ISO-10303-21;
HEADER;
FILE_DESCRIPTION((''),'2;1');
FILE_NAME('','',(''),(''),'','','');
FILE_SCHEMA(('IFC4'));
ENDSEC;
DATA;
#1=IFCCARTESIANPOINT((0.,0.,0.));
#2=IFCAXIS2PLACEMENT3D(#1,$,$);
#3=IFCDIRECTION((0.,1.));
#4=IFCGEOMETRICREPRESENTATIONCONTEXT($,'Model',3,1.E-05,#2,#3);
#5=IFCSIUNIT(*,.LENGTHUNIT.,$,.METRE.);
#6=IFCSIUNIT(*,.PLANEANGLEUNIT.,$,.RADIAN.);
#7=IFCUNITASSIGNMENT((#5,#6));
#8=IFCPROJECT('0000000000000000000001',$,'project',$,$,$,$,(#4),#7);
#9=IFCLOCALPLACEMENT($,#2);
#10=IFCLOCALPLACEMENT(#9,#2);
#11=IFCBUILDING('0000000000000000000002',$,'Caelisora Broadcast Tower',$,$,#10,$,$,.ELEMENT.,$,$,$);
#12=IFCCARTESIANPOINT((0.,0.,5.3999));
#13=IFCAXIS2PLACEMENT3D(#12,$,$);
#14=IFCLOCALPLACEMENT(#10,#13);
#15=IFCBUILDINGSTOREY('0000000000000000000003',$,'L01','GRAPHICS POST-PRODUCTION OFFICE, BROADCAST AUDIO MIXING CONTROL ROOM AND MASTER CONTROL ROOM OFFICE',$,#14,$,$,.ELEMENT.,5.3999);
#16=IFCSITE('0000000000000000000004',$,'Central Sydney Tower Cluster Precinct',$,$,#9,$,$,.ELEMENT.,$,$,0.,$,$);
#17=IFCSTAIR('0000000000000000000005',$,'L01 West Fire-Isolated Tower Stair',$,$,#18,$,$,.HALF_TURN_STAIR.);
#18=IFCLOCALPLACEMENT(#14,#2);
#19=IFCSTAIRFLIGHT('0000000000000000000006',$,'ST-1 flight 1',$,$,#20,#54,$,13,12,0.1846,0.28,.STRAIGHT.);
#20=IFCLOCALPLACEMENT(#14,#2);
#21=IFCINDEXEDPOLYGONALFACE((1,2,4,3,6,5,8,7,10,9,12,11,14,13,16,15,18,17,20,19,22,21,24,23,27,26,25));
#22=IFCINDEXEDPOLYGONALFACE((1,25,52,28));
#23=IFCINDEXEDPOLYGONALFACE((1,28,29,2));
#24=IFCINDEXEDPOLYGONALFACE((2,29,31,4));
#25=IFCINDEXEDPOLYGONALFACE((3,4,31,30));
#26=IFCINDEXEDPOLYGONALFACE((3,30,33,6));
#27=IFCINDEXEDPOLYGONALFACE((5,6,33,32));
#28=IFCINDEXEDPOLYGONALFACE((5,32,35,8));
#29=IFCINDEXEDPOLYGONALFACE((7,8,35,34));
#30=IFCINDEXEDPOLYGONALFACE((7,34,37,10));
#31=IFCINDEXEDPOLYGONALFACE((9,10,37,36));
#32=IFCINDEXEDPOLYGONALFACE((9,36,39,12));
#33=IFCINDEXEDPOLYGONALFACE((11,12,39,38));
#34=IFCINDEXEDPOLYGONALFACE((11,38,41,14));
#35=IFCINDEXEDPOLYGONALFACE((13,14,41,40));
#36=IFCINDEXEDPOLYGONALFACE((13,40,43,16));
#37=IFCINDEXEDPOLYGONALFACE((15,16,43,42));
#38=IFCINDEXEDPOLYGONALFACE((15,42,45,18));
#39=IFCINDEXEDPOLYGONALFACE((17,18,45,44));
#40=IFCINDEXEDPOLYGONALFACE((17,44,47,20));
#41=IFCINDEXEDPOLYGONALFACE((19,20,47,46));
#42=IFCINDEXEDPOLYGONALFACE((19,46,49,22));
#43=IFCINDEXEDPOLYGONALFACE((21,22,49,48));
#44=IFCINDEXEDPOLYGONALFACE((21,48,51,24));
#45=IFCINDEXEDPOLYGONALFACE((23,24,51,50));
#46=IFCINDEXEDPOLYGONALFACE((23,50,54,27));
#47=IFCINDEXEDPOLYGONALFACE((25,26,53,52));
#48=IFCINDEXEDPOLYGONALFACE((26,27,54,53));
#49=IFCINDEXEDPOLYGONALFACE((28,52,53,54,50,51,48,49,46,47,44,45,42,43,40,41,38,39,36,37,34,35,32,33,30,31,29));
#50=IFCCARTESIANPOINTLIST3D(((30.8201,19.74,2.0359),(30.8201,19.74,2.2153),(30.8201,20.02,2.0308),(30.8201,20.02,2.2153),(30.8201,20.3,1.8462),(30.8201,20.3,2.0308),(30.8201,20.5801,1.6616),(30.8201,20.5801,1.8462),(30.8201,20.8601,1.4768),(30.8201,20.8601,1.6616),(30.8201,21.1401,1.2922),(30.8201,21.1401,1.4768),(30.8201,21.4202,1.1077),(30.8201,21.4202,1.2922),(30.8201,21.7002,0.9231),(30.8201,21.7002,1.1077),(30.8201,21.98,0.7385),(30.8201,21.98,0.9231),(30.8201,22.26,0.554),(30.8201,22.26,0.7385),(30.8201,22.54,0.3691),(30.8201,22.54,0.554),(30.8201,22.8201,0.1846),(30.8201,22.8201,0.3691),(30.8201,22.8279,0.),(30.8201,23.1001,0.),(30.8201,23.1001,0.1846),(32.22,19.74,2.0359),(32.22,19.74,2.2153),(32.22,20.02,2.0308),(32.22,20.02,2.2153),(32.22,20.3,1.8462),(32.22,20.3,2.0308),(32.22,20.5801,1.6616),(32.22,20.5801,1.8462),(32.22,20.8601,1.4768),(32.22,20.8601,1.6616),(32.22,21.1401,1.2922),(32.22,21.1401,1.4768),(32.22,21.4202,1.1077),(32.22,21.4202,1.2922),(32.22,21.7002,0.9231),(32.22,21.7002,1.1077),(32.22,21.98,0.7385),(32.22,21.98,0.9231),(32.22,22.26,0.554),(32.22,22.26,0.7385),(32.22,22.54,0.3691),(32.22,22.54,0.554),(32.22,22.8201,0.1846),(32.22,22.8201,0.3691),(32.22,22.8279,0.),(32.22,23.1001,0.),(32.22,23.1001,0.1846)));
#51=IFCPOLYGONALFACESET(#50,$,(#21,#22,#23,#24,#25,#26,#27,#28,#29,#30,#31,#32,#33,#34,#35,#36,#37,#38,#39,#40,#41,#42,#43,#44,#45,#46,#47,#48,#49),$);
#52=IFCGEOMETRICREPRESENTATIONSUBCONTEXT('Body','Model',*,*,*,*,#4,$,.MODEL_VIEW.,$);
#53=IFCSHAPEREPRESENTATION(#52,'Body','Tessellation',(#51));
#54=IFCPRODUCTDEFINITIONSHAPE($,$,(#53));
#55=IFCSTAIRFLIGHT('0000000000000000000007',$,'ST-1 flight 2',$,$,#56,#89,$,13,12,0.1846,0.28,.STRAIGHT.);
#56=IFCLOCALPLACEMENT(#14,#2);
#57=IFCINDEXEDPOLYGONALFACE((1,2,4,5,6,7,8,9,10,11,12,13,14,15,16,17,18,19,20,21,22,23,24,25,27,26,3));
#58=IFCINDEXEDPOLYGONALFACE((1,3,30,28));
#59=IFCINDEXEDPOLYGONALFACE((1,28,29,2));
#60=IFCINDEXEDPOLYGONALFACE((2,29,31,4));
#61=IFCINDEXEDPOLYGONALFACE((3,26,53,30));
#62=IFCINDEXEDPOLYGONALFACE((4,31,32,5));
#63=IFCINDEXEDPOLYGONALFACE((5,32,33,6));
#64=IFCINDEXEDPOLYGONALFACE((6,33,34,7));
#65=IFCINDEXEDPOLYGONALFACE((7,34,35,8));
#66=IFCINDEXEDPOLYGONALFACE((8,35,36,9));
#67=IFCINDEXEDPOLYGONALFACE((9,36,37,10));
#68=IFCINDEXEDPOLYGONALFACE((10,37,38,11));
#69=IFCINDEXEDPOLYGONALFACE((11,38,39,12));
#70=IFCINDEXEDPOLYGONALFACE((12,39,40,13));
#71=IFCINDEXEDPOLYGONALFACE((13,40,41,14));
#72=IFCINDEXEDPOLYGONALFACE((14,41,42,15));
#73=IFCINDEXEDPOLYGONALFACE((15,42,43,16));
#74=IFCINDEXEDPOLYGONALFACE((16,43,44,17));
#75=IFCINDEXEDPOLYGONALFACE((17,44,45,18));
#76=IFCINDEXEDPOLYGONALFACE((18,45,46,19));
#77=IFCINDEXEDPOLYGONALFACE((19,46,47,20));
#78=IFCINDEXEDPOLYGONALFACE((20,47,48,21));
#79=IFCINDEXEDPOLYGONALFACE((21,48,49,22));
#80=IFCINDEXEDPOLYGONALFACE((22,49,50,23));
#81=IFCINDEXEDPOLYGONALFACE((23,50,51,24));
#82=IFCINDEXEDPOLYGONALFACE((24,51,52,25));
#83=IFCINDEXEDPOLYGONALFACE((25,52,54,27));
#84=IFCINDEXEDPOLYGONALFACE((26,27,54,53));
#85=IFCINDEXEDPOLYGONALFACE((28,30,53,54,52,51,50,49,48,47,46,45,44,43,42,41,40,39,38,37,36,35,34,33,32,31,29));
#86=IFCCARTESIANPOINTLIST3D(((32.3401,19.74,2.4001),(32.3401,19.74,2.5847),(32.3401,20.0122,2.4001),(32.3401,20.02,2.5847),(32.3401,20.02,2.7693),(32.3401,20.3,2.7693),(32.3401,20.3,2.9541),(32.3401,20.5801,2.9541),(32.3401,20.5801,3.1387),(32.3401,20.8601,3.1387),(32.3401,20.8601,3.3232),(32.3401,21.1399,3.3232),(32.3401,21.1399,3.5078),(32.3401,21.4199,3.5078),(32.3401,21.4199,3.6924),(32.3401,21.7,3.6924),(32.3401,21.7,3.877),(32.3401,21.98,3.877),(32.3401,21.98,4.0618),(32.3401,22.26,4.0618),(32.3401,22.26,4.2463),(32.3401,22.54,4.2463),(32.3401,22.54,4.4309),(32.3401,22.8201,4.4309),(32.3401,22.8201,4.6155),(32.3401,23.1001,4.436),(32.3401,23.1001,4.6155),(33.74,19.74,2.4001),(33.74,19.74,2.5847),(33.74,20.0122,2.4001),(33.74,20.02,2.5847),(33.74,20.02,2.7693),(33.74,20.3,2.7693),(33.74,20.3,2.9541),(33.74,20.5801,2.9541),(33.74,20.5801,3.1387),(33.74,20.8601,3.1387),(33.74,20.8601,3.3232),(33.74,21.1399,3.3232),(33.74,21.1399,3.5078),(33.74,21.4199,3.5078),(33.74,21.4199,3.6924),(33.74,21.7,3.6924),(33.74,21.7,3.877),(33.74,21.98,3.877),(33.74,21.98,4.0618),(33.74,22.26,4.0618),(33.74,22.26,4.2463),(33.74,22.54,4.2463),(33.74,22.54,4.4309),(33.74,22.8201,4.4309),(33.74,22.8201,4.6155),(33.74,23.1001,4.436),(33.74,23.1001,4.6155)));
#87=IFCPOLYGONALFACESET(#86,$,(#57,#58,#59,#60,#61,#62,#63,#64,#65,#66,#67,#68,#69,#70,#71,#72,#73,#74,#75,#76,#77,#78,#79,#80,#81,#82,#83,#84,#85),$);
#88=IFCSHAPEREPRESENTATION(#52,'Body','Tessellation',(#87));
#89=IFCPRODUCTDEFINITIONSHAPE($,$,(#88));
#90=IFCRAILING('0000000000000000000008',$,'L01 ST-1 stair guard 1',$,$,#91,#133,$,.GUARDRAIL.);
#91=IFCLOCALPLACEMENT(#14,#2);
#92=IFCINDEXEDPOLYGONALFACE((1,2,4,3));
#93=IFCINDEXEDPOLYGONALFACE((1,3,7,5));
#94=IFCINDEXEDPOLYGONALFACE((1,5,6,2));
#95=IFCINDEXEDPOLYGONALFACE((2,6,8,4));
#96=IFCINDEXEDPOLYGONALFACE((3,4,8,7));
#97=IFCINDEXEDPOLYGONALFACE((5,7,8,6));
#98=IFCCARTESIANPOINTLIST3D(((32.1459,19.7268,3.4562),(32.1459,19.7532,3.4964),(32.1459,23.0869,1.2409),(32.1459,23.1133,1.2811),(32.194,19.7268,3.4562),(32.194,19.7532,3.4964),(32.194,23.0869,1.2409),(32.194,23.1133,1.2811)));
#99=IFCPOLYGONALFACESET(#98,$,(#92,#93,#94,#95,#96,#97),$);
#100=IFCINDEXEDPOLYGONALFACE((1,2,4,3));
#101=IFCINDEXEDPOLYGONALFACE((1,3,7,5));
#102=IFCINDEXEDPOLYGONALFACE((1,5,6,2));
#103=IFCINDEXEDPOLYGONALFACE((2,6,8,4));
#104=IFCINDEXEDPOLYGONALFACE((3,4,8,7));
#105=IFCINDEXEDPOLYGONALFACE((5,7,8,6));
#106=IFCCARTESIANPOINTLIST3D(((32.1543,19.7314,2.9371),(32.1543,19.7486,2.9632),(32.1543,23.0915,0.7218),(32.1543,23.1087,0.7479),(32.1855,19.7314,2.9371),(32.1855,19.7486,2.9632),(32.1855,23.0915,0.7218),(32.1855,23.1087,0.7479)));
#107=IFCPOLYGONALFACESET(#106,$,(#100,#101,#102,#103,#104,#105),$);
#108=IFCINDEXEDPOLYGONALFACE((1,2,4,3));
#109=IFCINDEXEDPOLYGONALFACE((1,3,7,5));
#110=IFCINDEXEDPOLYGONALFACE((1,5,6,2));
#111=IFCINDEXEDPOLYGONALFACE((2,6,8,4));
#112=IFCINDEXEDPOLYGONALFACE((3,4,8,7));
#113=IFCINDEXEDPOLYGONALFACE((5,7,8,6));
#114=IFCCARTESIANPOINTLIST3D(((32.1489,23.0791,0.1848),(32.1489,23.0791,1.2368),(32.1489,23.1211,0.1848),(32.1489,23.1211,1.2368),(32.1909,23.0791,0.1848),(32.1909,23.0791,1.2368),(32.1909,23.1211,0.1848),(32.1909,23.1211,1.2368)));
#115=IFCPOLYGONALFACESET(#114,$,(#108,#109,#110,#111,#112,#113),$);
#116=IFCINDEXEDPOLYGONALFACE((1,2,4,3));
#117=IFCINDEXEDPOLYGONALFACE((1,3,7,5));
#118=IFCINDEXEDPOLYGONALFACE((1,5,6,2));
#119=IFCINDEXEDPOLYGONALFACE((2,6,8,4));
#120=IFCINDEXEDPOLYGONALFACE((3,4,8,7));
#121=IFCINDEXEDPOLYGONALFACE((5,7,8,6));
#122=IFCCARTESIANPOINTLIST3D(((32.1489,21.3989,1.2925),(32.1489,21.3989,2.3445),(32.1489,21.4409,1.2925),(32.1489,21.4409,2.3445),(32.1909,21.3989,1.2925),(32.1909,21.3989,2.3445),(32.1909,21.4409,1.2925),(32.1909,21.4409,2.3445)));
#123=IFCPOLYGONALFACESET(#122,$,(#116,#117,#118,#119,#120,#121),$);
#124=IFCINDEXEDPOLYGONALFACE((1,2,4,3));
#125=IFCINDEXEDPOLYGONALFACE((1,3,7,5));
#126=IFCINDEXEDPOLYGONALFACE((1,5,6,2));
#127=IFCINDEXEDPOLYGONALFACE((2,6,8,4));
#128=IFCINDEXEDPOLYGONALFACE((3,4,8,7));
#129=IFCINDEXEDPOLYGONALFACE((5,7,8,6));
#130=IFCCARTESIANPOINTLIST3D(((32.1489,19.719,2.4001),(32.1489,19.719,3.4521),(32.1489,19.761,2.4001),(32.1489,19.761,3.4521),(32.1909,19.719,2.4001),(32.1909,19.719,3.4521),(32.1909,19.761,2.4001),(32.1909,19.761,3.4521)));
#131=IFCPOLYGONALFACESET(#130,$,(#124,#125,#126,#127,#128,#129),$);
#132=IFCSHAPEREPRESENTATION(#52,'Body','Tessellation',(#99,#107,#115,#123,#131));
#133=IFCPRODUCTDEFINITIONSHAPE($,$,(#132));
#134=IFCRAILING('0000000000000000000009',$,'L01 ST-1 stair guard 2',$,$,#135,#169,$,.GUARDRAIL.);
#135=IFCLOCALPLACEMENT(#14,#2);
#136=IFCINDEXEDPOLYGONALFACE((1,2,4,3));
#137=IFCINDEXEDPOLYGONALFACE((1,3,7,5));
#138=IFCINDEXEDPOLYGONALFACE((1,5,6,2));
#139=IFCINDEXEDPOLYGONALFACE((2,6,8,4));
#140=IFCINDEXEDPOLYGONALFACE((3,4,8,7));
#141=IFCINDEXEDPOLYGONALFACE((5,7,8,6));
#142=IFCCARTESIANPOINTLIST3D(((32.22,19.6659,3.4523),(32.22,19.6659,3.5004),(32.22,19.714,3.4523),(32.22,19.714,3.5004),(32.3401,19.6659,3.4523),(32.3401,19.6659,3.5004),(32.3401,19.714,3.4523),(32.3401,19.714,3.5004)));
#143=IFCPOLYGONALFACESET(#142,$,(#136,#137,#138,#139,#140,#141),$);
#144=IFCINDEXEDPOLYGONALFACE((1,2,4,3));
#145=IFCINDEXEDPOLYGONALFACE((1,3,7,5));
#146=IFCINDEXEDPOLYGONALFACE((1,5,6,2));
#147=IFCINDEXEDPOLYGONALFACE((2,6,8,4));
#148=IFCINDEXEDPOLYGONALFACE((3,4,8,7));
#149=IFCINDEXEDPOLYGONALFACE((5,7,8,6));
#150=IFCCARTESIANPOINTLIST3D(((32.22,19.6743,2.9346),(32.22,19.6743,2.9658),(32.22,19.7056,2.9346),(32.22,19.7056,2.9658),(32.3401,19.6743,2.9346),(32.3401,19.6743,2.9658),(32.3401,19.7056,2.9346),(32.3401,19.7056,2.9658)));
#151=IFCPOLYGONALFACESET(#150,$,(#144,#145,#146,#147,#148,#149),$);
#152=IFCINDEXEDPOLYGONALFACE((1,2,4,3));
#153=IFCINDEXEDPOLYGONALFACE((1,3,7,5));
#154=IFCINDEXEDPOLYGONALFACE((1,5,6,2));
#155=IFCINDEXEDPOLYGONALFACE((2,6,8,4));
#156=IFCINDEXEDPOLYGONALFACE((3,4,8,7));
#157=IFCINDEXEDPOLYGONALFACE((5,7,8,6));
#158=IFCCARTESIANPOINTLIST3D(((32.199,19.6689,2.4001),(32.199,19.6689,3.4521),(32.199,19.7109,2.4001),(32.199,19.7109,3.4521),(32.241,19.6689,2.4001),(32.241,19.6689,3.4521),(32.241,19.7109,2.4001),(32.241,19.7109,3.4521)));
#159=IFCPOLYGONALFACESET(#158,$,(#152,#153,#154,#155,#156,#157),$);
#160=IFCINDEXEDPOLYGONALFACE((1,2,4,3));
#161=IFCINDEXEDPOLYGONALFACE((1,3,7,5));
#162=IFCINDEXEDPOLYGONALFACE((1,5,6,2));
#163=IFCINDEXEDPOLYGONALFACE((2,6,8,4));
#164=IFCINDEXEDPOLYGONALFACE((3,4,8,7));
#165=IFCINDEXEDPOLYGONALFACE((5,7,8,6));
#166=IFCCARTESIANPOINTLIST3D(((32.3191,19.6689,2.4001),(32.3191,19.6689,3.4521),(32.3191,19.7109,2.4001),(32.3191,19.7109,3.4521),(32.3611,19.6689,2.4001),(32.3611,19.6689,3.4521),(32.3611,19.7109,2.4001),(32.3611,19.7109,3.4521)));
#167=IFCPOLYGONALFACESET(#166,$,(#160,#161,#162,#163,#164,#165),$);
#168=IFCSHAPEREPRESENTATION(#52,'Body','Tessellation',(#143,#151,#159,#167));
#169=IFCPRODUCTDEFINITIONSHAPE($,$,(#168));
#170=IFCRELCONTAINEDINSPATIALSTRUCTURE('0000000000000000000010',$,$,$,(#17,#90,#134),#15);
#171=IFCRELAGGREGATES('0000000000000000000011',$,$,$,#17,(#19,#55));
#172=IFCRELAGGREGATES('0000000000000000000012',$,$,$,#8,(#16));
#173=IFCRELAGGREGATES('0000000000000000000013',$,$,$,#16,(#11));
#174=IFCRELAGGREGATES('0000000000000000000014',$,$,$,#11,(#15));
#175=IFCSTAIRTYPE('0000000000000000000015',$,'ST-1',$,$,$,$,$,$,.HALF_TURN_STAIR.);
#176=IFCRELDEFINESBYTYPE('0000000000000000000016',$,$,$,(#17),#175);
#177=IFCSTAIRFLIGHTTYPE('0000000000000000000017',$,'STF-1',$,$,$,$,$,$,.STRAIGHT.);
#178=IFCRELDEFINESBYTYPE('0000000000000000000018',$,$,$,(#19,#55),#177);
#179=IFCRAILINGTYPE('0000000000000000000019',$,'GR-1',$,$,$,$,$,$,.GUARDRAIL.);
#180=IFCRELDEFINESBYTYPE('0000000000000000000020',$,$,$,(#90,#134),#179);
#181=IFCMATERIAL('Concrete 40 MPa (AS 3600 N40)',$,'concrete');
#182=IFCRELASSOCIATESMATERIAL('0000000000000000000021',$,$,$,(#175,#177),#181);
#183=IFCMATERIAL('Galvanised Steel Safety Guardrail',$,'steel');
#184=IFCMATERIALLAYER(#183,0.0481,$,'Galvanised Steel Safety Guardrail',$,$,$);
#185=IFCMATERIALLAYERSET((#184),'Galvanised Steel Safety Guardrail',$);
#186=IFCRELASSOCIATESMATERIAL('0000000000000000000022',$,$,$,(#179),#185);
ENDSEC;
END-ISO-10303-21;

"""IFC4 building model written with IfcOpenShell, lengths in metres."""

from ifc_helpers import new_model, si_unit, direction, frame, origin, origin_2d, place, context, subcontext, project, spatial, polyline, rectangle, outline, extrude, material, layer, layer_set, type_object, element, aggregate, save


model = new_model("IFC4")

# Units and contexts
model_context = context("Model", 3, precision=1e-05, world=origin(), true_north=direction((0.0, 1.0)))
body_context = subcontext(model_context, "Body", "Model", "MODEL_VIEW")
ifc_project = project(units=[si_unit("LENGTHUNIT", "METRE"), si_unit("PLANEANGLEUNIT", "RADIAN")], contexts=[model_context])

# Site, building, storey
site_placement = place(None, origin())
site = spatial("IfcSite", under=ifc_project, at=site_placement, Name="Central Sydney Tower Cluster Precinct", CompositionType="ELEMENT", RefElevation=0.0)
building_placement = place(site_placement, origin())
building = spatial("IfcBuilding", under=site, at=building_placement, Name="Caelisora Broadcast Tower", CompositionType="ELEMENT")
storey_placement = place(building_placement, frame((0.0, 0.0, 5.3999)))
storey = spatial("IfcBuildingStorey", under=building, at=storey_placement, Name="L01", Description="GRAPHICS POST-PRODUCTION OFFICE, BROADCAST AUDIO MIXING CONTROL ROOM AND MASTER CONTROL ROOM OFFICE", CompositionType="ELEMENT", Elevation=5.3999)

# Stair, stair flights
ifc_material_1 = material(Name="Concrete 40 MPa (AS 3600 N40)", Category="concrete")
stair_type = type_object("IfcStairType", Name="ST-1", PredefinedType="HALF_TURN_STAIR", material=ifc_material_1)
stair_placement = place(storey_placement, origin())
stair = element("IfcStair", 1, at=stair_placement, inside=storey, type_object=stair_type, Name="L01 West Fire-Isolated Tower Stair", PredefinedType="HALF_TURN_STAIR")
stair_flight_type = type_object("IfcStairFlightType", Name="STF-1", PredefinedType="STRAIGHT", material=ifc_material_1)
stair_flight_1_placement = place(storey_placement, frame((31.52, 23.1001, 0.0), z_axis=(0.0, 0.0, 1.0), x_axis=(0.0, -1.0, 0.0)))
stair_flight_1 = element("IfcStairFlight", 2, at=stair_flight_1_placement, type_object=stair_flight_type, Name="ST-1 flight 1", NumberOfRisers=13, NumberOfTreads=12, PredefinedType="STRAIGHT", RiserHeight=0.1846, TreadLength=0.28, context=body_context, shape_type="SweptSolid", body=[
    extrude(outline(polyline([(0.0, 0.0), (0.0, 0.1846), (0.28, 0.1846), (0.28, 0.3691), (0.5601, 0.3691), (0.5601, 0.554), (0.8401, 0.554), (0.8401, 0.7385), (1.1201, 0.7385), (1.1201, 0.9231), (1.3999, 0.9231), (1.3999, 1.1077), (1.6799, 1.1077), (1.6799, 1.2922), (1.96, 1.2922), (1.96, 1.4768), (2.24, 1.4768), (2.24, 1.6616), (2.52, 1.6616), (2.52, 1.8462), (2.8, 1.8462), (2.8, 2.0308), (3.0801, 2.0308), (3.0801, 2.2153), (3.3601, 2.2153), (3.3601, 2.3999), (3.3601, 2.0359), (0.2722, 0.0), (0.0, 0.0)])), frame((0.0, 0.7, 0.0), z_axis=(0.0, -1.0, 0.0), x_axis=(1.0, 0.0, 0.0)), (0.0, 0.0, 1.0), 1.3999),
])
stair_flight_2_placement = place(storey_placement, frame((33.04, 19.74, 2.4001), z_axis=(0.0, 0.0, 1.0), x_axis=(0.0, 1.0, 0.0)))
stair_flight_2 = element("IfcStairFlight", 3, at=stair_flight_2_placement, type_object=stair_flight_type, Name="ST-1 flight 2", NumberOfRisers=13, NumberOfTreads=12, PredefinedType="STRAIGHT", RiserHeight=0.1846, TreadLength=0.28, context=body_context, shape_type="SweptSolid", body=[
    extrude(outline(polyline([(0.0, 0.0), (0.0, 0.1846), (0.28, 0.1846), (0.28, 0.3691), (0.5601, 0.3691), (0.5601, 0.554), (0.8401, 0.554), (0.8401, 0.7385), (1.1201, 0.7385), (1.1201, 0.9231), (1.3999, 0.9231), (1.3999, 1.1077), (1.6799, 1.1077), (1.6799, 1.2922), (1.96, 1.2922), (1.96, 1.4768), (2.24, 1.4768), (2.24, 1.6616), (2.52, 1.6616), (2.52, 1.8462), (2.8, 1.8462), (2.8, 2.0308), (3.0801, 2.0308), (3.0801, 2.2153), (3.3601, 2.2153), (3.3601, 2.3999), (3.3601, 2.0359), (0.2722, 0.0), (0.0, 0.0)])), frame((0.0, 0.7, 0.0), z_axis=(0.0, -1.0, 0.0), x_axis=(1.0, 0.0, 0.0)), (0.0, 0.0, 1.0), 1.3999),
])
aggregate(stair, [stair_flight_1, stair_flight_2])

# Railings
ifc_material_2 = material(Name="Galvanised Steel Safety Guardrail", Category="steel")
ifc_layer_1 = layer(ifc_material_2, 0.0481, Name="Galvanised Steel Safety Guardrail")
ifc_layer_set_1 = layer_set([ifc_layer_1], Name="Galvanised Steel Safety Guardrail")
railing_type_1 = type_object("IfcRailingType", Name="GR-1", PredefinedType="GUARDRAIL", material=ifc_layer_set_1)
railing_1_placement = place(storey_placement, frame((32.1699, 23.1001, 0.1848)))
element("IfcRailing", 4, at=railing_1_placement, inside=storey, type_object=railing_type_1, Name="L01 ST-1 stair guard 1", PredefinedType="GUARDRAIL", context=body_context, shape_type="SweptSolid", body=[
    extrude(rectangle(XDim=0.0481, YDim=0.0481, at=origin_2d()), frame((0.0, 0.0, 1.0762), z_axis=(0.0, -0.834876, 0.550437), x_axis=(1.0, 0.0, 0.0)), (0.0, 0.0, 1.0), 4.0247),
    extrude(rectangle(XDim=0.0312, YDim=0.0312, at=origin_2d()), frame((0.0, 0.0, 0.55), z_axis=(0.0, -0.834876, 0.550437), x_axis=(1.0, 0.0, 0.0)), (0.0, 0.0, 1.0), 4.0247),
    extrude(rectangle(XDim=0.042, YDim=0.042, at=origin_2d()), origin(), (0.0, 0.0, 1.0), 1.052),
    extrude(rectangle(XDim=0.042, YDim=0.042, at=origin_2d()), frame((0.0, -1.6802, 1.1077)), (0.0, 0.0, 1.0), 1.052),
    extrude(rectangle(XDim=0.042, YDim=0.042, at=origin_2d()), frame((0.0, -3.3601, 2.2153)), (0.0, 0.0, 1.0), 1.052),
])
railing_2_placement = place(storey_placement, frame((32.22, 19.6899, 2.4001)))
element("IfcRailing", 5, at=railing_2_placement, inside=storey, type_object=railing_type_1, Name="L01 ST-1 stair guard 2", PredefinedType="GUARDRAIL", context=body_context, shape_type="SweptSolid", body=[
    extrude(rectangle(XDim=0.0481, YDim=0.0481, at=origin_2d()), frame((0.0, 0.0, 1.0762), z_axis=(1.0, 0.0, 0.0), x_axis=(0.0, 1.0, 0.0)), (0.0, 0.0, 1.0), 0.1201),
    extrude(rectangle(XDim=0.0312, YDim=0.0312, at=origin_2d()), frame((0.0, 0.0, 0.55), z_axis=(1.0, 0.0, 0.0), x_axis=(0.0, 1.0, 0.0)), (0.0, 0.0, 1.0), 0.1201),
    extrude(rectangle(XDim=0.042, YDim=0.042, at=origin_2d()), origin(), (0.0, 0.0, 1.0), 1.052),
    extrude(rectangle(XDim=0.042, YDim=0.042, at=origin_2d()), frame((0.1201, 0.0, 0.0)), (0.0, 0.0, 1.0), 1.052),
])

save(model, "model.ifc")
